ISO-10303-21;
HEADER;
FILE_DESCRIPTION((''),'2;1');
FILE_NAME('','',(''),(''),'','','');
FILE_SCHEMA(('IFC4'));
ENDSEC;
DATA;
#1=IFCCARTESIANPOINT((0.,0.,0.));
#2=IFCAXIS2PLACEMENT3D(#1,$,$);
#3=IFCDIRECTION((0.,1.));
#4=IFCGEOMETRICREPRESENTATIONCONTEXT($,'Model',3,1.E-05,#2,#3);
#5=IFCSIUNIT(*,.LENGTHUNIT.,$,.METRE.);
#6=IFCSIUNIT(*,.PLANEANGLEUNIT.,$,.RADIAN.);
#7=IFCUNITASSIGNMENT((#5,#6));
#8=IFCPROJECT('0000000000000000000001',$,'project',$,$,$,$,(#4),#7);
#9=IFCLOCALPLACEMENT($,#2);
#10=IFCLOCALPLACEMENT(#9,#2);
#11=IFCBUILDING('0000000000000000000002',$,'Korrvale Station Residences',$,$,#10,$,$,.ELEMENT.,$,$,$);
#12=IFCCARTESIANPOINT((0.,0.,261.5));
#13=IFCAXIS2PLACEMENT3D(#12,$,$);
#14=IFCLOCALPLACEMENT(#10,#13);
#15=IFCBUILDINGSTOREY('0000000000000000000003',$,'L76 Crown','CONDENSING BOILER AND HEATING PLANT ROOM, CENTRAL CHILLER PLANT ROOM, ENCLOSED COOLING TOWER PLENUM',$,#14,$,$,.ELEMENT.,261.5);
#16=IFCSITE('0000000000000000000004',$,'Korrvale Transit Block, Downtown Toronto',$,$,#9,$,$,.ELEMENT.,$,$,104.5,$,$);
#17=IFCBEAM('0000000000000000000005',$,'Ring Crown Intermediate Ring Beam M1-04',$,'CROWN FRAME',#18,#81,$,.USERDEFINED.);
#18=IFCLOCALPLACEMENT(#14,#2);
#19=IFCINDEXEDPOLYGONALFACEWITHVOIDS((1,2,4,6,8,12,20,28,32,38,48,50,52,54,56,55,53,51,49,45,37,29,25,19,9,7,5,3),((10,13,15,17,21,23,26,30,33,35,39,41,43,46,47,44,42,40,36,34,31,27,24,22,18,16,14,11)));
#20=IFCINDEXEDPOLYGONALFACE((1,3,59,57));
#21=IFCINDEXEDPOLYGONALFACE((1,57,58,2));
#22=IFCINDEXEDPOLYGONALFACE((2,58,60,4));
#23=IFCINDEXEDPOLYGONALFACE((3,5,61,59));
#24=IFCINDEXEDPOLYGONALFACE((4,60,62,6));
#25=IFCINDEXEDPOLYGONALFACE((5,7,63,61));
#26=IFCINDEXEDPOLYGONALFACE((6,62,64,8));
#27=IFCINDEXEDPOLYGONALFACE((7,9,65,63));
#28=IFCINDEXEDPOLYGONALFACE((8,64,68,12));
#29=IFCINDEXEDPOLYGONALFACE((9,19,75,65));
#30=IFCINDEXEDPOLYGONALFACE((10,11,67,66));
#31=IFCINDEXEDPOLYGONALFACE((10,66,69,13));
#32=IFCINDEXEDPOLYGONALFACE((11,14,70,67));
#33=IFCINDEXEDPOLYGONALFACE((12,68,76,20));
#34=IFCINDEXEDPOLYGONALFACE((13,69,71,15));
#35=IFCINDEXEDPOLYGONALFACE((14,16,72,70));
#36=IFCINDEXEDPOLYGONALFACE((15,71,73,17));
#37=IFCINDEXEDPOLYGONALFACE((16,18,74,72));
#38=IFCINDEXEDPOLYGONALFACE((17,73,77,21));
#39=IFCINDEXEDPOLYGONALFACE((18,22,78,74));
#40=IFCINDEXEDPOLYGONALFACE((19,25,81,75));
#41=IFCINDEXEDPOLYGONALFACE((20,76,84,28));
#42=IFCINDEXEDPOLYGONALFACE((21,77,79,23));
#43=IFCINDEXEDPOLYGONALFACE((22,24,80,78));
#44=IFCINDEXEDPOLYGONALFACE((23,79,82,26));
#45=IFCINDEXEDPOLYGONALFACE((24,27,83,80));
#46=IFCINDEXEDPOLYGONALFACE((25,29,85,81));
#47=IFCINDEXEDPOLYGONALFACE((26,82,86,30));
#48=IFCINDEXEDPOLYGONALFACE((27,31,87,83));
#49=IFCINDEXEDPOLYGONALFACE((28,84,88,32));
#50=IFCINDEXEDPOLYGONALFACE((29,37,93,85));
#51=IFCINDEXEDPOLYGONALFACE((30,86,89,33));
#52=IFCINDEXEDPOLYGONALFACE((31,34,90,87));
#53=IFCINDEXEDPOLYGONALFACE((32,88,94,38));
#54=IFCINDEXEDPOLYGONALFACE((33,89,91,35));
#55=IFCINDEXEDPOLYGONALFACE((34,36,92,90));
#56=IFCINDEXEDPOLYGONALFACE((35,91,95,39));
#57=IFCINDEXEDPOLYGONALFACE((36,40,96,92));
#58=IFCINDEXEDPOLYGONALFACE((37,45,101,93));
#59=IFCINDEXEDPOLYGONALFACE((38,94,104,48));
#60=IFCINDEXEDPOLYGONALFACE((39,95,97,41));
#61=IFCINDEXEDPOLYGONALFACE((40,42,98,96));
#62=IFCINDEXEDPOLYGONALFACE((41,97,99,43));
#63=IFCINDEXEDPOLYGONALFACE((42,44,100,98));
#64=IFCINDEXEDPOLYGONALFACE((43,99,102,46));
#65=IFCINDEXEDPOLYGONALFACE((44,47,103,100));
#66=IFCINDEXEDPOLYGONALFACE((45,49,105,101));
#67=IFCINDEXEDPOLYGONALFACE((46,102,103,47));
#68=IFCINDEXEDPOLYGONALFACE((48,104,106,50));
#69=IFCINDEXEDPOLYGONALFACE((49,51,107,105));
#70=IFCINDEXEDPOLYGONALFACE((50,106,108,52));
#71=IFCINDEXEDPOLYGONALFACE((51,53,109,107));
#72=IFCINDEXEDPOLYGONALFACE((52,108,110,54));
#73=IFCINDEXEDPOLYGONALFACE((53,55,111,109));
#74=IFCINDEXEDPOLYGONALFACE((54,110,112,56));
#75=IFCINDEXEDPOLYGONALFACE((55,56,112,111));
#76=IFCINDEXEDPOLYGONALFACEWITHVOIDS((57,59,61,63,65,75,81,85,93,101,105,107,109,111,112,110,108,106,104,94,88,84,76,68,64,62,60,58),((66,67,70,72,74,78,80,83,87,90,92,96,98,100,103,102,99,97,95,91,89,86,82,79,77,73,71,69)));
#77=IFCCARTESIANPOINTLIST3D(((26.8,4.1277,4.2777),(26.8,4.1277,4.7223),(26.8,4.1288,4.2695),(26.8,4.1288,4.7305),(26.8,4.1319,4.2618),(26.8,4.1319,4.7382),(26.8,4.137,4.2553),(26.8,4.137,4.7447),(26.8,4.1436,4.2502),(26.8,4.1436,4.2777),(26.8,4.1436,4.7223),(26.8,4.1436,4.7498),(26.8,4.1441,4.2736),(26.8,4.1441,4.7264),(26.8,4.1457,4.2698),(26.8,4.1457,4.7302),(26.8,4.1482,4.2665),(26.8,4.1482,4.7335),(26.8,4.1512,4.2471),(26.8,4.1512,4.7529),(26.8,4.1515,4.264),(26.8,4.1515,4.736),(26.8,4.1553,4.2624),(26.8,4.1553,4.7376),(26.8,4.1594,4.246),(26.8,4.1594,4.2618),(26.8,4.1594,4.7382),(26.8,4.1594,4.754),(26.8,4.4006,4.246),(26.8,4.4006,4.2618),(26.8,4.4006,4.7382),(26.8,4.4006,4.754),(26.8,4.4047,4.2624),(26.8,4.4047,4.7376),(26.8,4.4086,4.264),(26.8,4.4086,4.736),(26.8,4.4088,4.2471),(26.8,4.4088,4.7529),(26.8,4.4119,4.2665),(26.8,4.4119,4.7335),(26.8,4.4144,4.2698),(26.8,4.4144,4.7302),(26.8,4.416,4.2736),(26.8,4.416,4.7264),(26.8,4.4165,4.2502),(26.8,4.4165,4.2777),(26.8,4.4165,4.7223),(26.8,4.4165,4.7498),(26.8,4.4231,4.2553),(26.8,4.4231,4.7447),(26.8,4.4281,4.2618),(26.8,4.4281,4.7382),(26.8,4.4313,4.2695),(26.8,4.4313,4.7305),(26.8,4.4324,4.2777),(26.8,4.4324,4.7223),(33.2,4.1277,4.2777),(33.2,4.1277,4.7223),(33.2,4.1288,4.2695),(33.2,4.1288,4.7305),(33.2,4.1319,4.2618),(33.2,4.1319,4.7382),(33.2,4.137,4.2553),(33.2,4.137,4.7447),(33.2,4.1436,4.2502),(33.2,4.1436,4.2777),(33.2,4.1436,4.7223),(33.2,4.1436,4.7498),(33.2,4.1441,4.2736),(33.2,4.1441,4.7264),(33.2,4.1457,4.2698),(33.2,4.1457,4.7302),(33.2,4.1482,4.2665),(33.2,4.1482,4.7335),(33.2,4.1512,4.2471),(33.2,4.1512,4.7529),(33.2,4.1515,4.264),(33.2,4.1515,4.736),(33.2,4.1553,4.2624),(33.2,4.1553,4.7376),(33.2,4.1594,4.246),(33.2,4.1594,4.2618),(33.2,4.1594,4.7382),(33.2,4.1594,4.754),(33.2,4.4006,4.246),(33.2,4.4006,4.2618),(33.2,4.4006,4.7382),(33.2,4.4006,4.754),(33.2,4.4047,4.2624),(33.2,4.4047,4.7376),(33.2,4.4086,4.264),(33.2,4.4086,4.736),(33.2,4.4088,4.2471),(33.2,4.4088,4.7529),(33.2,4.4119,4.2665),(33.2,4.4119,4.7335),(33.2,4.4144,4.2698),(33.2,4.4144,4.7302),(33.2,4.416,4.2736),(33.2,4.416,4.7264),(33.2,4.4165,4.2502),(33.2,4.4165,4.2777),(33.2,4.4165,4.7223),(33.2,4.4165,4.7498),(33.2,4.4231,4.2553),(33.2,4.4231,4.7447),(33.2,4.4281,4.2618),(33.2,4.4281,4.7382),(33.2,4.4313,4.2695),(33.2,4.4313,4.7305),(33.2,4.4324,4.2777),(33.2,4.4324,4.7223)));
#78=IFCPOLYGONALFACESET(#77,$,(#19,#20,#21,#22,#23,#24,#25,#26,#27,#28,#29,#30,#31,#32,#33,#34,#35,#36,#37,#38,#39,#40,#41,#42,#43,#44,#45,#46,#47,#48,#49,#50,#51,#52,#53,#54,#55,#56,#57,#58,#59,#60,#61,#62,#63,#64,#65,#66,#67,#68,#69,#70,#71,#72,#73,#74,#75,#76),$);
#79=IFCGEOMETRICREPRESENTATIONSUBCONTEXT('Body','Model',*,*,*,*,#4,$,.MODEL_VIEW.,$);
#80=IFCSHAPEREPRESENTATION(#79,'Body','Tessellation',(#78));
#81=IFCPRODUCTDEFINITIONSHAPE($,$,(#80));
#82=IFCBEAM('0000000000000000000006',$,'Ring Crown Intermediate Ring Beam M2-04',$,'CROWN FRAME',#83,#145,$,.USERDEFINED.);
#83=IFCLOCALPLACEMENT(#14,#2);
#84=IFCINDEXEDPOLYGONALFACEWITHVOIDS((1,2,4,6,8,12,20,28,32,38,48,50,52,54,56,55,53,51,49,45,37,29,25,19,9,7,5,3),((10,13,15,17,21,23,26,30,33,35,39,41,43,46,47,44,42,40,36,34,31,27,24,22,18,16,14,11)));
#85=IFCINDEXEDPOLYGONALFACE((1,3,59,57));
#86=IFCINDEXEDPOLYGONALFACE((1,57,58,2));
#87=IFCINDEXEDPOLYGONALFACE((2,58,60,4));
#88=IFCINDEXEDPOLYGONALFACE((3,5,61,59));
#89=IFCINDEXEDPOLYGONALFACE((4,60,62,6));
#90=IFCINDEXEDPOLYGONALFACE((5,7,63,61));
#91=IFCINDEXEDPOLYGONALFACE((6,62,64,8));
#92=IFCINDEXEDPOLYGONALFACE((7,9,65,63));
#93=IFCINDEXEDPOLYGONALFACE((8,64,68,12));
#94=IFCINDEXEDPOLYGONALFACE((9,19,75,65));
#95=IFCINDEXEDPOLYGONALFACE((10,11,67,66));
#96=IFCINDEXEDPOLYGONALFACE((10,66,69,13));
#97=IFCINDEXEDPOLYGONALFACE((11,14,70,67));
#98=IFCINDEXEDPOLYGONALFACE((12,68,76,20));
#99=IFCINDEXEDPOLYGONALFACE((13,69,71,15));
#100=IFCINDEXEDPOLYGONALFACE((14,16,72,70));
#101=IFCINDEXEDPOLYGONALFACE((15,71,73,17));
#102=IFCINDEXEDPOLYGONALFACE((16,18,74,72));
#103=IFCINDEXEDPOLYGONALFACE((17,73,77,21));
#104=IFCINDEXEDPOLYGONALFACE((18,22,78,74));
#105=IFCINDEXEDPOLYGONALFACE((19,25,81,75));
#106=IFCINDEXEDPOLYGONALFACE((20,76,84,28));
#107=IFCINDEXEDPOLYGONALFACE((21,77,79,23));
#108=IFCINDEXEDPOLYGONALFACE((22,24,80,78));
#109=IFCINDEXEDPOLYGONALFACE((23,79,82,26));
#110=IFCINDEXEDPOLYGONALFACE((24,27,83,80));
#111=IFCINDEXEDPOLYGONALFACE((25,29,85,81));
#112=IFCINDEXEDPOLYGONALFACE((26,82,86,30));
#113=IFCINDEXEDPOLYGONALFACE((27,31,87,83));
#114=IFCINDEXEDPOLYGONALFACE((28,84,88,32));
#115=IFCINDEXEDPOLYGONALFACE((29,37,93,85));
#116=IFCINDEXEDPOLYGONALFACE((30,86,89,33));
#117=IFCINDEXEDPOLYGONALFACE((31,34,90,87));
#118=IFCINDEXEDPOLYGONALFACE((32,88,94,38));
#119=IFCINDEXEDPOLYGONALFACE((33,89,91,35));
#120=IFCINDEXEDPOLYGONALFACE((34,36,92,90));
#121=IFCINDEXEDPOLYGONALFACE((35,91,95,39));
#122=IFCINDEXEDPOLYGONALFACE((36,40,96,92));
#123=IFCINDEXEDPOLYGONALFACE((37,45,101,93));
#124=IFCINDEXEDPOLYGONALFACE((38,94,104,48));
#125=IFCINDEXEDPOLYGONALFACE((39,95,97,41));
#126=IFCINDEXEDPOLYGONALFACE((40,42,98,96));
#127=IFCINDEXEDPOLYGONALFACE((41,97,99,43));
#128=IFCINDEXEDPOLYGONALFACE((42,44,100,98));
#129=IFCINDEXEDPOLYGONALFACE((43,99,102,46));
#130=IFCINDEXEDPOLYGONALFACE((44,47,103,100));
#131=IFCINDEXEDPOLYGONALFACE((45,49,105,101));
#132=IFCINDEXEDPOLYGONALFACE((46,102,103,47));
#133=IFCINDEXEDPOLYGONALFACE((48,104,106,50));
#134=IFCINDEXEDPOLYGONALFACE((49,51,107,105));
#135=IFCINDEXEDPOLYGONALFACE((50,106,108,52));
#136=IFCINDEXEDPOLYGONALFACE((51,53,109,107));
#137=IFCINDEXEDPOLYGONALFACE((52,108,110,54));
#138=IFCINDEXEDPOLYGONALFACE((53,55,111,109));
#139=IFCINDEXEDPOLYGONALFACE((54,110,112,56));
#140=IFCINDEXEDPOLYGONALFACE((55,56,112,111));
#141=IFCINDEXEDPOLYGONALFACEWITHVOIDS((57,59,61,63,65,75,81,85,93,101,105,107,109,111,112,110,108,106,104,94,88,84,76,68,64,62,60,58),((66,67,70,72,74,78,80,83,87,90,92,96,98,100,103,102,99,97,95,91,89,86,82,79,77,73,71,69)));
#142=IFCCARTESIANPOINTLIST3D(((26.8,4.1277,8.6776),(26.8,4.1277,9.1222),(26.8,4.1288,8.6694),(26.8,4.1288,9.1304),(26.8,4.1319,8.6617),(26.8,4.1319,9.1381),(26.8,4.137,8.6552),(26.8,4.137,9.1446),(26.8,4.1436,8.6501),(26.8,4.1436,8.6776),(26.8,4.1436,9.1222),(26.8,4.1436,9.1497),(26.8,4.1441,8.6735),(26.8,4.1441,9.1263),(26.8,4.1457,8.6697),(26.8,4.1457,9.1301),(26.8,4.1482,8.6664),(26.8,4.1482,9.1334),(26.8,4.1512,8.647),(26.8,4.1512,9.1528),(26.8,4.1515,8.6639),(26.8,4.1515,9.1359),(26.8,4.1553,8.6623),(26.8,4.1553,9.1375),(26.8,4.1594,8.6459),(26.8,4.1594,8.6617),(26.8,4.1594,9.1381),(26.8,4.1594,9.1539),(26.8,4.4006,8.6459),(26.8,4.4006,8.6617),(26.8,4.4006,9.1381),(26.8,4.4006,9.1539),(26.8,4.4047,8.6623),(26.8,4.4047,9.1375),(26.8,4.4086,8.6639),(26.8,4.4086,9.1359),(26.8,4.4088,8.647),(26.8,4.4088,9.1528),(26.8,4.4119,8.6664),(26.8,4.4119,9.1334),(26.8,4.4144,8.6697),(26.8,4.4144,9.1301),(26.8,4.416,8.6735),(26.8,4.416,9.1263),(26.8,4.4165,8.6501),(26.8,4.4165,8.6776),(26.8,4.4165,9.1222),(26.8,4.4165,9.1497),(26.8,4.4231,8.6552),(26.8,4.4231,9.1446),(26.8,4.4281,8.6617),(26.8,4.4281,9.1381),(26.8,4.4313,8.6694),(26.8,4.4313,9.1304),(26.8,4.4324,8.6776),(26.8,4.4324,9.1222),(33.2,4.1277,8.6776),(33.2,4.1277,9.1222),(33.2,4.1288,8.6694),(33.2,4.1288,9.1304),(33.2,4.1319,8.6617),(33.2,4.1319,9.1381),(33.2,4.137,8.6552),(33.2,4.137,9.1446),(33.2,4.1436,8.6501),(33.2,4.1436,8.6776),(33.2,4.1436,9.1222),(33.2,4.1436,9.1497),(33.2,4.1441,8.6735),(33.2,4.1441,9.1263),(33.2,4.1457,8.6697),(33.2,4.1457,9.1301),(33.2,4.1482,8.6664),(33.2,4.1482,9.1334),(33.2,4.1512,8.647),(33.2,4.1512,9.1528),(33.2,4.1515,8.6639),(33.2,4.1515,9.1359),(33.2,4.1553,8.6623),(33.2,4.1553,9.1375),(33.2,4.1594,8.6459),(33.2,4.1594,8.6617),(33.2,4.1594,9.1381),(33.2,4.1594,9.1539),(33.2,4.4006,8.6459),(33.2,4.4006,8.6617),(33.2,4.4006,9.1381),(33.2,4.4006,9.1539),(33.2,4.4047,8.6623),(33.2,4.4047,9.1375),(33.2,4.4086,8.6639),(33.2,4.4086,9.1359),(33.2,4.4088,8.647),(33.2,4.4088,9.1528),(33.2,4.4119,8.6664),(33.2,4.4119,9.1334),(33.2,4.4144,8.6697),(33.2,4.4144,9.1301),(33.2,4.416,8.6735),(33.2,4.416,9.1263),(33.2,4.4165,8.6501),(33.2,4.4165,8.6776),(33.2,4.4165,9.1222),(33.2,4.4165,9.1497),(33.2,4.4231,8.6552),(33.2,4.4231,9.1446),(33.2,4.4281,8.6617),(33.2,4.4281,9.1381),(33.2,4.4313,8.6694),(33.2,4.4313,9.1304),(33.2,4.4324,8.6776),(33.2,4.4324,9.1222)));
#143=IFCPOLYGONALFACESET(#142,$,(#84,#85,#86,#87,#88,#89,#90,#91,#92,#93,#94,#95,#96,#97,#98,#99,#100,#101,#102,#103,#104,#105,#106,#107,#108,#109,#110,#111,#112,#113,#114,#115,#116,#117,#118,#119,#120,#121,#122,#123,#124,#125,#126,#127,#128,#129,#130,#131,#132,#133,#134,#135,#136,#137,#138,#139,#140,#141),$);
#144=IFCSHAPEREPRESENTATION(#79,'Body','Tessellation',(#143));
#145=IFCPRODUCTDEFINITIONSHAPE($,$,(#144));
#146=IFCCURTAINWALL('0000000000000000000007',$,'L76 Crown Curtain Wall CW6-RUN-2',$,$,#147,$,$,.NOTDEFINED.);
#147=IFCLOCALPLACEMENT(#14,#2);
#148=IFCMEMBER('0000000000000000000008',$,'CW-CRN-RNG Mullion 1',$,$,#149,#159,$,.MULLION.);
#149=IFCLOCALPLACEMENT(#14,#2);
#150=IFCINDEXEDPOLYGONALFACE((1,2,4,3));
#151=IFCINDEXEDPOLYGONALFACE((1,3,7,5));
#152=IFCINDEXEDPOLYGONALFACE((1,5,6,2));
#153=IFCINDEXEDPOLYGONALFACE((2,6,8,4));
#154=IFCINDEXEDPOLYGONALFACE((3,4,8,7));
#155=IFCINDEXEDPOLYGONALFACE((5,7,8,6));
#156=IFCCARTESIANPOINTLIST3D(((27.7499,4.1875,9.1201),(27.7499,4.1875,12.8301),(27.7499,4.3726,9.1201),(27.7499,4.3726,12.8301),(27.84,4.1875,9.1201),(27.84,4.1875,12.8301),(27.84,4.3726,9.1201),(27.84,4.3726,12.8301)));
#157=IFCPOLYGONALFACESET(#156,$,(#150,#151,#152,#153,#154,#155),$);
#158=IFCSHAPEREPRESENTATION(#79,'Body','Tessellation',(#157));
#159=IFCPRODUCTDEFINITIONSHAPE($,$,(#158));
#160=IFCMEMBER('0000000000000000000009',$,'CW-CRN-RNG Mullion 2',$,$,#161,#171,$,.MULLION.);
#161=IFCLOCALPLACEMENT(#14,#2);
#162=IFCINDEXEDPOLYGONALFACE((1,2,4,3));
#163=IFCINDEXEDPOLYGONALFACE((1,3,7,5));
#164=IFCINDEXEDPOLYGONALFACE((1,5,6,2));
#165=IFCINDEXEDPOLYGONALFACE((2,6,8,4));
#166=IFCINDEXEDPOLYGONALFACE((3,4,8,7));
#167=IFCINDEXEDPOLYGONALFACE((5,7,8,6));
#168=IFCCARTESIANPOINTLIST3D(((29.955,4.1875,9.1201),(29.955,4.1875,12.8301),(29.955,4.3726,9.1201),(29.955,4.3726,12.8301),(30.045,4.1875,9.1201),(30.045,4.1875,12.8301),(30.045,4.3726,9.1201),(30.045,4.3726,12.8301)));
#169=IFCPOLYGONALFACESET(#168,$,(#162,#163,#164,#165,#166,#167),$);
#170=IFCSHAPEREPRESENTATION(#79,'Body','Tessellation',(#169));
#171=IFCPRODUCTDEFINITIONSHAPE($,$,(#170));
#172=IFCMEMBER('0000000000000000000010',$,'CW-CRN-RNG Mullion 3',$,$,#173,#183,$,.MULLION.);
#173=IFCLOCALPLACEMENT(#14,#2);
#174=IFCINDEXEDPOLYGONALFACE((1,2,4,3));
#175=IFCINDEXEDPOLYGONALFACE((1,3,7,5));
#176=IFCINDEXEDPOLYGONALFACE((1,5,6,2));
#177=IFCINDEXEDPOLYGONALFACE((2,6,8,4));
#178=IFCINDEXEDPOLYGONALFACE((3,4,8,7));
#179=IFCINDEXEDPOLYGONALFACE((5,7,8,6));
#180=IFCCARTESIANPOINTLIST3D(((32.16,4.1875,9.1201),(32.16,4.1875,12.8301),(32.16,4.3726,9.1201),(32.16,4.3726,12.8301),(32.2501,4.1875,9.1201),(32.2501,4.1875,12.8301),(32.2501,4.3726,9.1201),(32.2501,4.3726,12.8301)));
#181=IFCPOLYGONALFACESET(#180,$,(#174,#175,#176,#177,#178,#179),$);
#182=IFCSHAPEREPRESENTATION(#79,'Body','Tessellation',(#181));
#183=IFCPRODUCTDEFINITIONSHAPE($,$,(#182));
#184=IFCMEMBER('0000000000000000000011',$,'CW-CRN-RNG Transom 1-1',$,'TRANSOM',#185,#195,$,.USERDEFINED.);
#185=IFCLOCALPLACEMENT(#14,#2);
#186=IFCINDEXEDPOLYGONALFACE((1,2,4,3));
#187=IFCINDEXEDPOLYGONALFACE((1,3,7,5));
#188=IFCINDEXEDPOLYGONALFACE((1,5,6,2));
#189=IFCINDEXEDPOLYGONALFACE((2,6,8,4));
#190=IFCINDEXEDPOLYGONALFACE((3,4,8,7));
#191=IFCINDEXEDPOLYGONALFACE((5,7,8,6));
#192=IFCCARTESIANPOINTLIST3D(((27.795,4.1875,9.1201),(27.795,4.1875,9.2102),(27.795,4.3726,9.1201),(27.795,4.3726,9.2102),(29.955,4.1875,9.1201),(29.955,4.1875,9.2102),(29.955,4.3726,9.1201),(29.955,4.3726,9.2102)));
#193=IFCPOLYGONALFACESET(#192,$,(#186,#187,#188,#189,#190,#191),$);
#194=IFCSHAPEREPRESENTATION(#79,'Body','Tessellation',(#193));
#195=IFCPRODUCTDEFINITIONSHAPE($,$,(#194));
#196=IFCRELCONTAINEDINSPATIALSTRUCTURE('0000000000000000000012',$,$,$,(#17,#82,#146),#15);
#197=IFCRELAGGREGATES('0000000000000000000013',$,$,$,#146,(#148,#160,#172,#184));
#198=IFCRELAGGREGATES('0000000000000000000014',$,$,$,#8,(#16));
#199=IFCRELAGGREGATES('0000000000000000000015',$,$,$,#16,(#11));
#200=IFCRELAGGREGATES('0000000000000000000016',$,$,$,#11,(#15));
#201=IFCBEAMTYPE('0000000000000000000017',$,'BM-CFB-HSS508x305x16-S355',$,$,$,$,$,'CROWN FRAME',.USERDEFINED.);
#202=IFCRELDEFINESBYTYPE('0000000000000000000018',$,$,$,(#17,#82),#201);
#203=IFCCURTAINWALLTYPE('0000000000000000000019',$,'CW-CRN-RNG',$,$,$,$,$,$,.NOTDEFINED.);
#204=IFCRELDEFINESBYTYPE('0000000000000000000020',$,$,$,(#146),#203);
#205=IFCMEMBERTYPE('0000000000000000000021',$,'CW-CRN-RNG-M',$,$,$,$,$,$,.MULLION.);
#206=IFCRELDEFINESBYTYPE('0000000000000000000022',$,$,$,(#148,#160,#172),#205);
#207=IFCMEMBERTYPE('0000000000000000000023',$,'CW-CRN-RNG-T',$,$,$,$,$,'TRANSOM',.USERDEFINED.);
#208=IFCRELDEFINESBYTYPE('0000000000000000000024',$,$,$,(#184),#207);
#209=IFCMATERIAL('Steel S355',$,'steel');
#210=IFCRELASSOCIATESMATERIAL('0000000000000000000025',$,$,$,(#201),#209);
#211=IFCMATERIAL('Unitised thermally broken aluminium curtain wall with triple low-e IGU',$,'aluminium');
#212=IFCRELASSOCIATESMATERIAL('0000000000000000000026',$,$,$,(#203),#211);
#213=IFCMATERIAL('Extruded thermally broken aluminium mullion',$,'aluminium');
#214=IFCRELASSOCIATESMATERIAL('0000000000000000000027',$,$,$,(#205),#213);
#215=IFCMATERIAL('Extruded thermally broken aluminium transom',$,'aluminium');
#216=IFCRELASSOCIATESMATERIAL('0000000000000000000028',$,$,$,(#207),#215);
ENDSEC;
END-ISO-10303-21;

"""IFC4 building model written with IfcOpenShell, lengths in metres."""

from ifc_helpers import new_model, si_unit, direction, frame, origin, origin_2d, place, context, subcontext, project, spatial, rectangle, hollow_rectangle, extrude, material, material_profile, profile_set, type_object, element, aggregate, save


model = new_model("IFC4")

# Units and contexts
model_context = context("Model", 3, precision=1e-05, world=origin(), true_north=direction((0.0, 1.0)))
body_context = subcontext(model_context, "Body", "Model", "MODEL_VIEW")
ifc_project = project(units=[si_unit("LENGTHUNIT", "METRE"), si_unit("PLANEANGLEUNIT", "RADIAN")], contexts=[model_context])

# Site, building, storey
site_placement = place(None, origin())
site = spatial("IfcSite", under=ifc_project, at=site_placement, Name="Korrvale Transit Block, Downtown Toronto", CompositionType="ELEMENT", RefElevation=104.5)
building_placement = place(site_placement, origin())
building = spatial("IfcBuilding", under=site, at=building_placement, Name="Korrvale Station Residences", CompositionType="ELEMENT")
storey_placement = place(building_placement, frame((0.0, 0.0, 261.5)))
storey = spatial("IfcBuildingStorey", under=building, at=storey_placement, Name="L76 Crown", Description="CONDENSING BOILER AND HEATING PLANT ROOM, CENTRAL CHILLER PLANT ROOM, ENCLOSED COOLING TOWER PLENUM", CompositionType="ELEMENT", Elevation=261.5)

# Shared definitions
ifc_material_1 = material(Name="Steel S355", Category="steel")

# Beams
ifc_material_profile_1 = material_profile(ifc_material_1, hollow_rectangle(XDim=0.3047, YDim=0.5081, WallThickness=0.0159, InnerFilletRadius=0.0159, OuterFilletRadius=0.0317, at=origin_2d()), Name="HSS508x305x16")
ifc_profile_set_1 = profile_set([ifc_material_profile_1], Name="Steel S355")
beam_type = type_object("IfcBeamType", Name="BM-CFB-HSS508x305x16-S355", ElementType="CROWN FRAME", PredefinedType="USERDEFINED", material=ifc_profile_set_1)
for number, where, z_axis, x_axis, name in (
    (1, (26.8, 4.28, 4.5), (1.0, 0.0, 0.0), (0.0, 1.0, 0.0), "Ring Crown Intermediate Ring Beam M1-04"),
    (2, (26.8, 4.28, 8.8999), (1.0, 0.0, 0.0), (0.0, 1.0, 0.0), "Ring Crown Intermediate Ring Beam M2-04"),
):
    element("IfcBeam", number, at=place(storey_placement, frame(where, z_axis=z_axis, x_axis=x_axis)), inside=storey, type_object=beam_type, Name=name, ObjectType="CROWN FRAME", PredefinedType="USERDEFINED", context=body_context, shape_type="SweptSolid", body=[
        extrude(hollow_rectangle(XDim=0.3047, YDim=0.5081, WallThickness=0.0159, InnerFilletRadius=0.0159, OuterFilletRadius=0.0317, at=origin_2d()), origin(), (0.0, 0.0, 1.0), 6.3999),
    ])

# Curtain wall, members
ifc_material_2 = material(Name="Unitised thermally broken aluminium curtain wall with triple low-e IGU", Category="aluminium")
curtain_wall_type = type_object("IfcCurtainWallType", Name="CW-CRN-RNG", PredefinedType="NOTDEFINED", material=ifc_material_2)
curtain_wall_placement = place(storey_placement, origin())
curtain_wall = element("IfcCurtainWall", 3, at=curtain_wall_placement, inside=storey, type_object=curtain_wall_type, Name="L76 Crown Curtain Wall CW6-RUN-2", PredefinedType="NOTDEFINED")
ifc_material_3 = material(Name="Extruded thermally broken aluminium mullion", Category="aluminium")
member_type_1 = type_object("IfcMemberType", Name="CW-CRN-RNG-M", PredefinedType="MULLION", material=ifc_material_3)
member_1_placement = place(storey_placement, frame((27.7949, 4.28, 9.1201), z_axis=(0.0, 0.0, 1.0), x_axis=(1.0, 0.0, 0.0)))
member_1 = element("IfcMember", 4, at=member_1_placement, type_object=member_type_1, Name="CW-CRN-RNG Mullion 1", PredefinedType="MULLION", context=body_context, shape_type="SweptSolid", body=[
    extrude(rectangle(XDim=0.0901, YDim=0.1851, at=origin_2d()), origin(), (0.0, 0.0, 1.0), 3.71),
])
member_2_placement = place(storey_placement, frame((30.0, 4.28, 9.1201), z_axis=(0.0, 0.0, 1.0), x_axis=(1.0, 0.0, 0.0)))
member_2 = element("IfcMember", 5, at=member_2_placement, type_object=member_type_1, Name="CW-CRN-RNG Mullion 2", PredefinedType="MULLION", context=body_context, shape_type="SweptSolid", body=[
    extrude(rectangle(XDim=0.0901, YDim=0.1851, at=origin_2d()), origin(), (0.0, 0.0, 1.0), 3.71),
])
member_3_placement = place(storey_placement, frame((32.2051, 4.28, 9.1201), z_axis=(0.0, 0.0, 1.0), x_axis=(1.0, 0.0, 0.0)))
member_3 = element("IfcMember", 6, at=member_3_placement, type_object=member_type_1, Name="CW-CRN-RNG Mullion 3", PredefinedType="MULLION", context=body_context, shape_type="SweptSolid", body=[
    extrude(rectangle(XDim=0.0901, YDim=0.1851, at=origin_2d()), origin(), (0.0, 0.0, 1.0), 3.71),
])
ifc_material_4 = material(Name="Extruded thermally broken aluminium transom", Category="aluminium")
member_type_2 = type_object("IfcMemberType", Name="CW-CRN-RNG-T", ElementType="TRANSOM", PredefinedType="USERDEFINED", material=ifc_material_4)
member_4_placement = place(storey_placement, frame((28.875, 4.28, 9.1201), z_axis=(0.0, 0.0, 1.0), x_axis=(1.0, 0.0, 0.0)))
member_4 = element("IfcMember", 7, at=member_4_placement, type_object=member_type_2, Name="CW-CRN-RNG Transom 1-1", ObjectType="TRANSOM", PredefinedType="USERDEFINED", context=body_context, shape_type="SweptSolid", body=[
    extrude(rectangle(XDim=2.1599, YDim=0.1851, at=origin_2d()), origin(), (0.0, 0.0, 1.0), 0.0901),
])
aggregate(curtain_wall, [member_1, member_2, member_3, member_4])

save(model, "model.ifc")
